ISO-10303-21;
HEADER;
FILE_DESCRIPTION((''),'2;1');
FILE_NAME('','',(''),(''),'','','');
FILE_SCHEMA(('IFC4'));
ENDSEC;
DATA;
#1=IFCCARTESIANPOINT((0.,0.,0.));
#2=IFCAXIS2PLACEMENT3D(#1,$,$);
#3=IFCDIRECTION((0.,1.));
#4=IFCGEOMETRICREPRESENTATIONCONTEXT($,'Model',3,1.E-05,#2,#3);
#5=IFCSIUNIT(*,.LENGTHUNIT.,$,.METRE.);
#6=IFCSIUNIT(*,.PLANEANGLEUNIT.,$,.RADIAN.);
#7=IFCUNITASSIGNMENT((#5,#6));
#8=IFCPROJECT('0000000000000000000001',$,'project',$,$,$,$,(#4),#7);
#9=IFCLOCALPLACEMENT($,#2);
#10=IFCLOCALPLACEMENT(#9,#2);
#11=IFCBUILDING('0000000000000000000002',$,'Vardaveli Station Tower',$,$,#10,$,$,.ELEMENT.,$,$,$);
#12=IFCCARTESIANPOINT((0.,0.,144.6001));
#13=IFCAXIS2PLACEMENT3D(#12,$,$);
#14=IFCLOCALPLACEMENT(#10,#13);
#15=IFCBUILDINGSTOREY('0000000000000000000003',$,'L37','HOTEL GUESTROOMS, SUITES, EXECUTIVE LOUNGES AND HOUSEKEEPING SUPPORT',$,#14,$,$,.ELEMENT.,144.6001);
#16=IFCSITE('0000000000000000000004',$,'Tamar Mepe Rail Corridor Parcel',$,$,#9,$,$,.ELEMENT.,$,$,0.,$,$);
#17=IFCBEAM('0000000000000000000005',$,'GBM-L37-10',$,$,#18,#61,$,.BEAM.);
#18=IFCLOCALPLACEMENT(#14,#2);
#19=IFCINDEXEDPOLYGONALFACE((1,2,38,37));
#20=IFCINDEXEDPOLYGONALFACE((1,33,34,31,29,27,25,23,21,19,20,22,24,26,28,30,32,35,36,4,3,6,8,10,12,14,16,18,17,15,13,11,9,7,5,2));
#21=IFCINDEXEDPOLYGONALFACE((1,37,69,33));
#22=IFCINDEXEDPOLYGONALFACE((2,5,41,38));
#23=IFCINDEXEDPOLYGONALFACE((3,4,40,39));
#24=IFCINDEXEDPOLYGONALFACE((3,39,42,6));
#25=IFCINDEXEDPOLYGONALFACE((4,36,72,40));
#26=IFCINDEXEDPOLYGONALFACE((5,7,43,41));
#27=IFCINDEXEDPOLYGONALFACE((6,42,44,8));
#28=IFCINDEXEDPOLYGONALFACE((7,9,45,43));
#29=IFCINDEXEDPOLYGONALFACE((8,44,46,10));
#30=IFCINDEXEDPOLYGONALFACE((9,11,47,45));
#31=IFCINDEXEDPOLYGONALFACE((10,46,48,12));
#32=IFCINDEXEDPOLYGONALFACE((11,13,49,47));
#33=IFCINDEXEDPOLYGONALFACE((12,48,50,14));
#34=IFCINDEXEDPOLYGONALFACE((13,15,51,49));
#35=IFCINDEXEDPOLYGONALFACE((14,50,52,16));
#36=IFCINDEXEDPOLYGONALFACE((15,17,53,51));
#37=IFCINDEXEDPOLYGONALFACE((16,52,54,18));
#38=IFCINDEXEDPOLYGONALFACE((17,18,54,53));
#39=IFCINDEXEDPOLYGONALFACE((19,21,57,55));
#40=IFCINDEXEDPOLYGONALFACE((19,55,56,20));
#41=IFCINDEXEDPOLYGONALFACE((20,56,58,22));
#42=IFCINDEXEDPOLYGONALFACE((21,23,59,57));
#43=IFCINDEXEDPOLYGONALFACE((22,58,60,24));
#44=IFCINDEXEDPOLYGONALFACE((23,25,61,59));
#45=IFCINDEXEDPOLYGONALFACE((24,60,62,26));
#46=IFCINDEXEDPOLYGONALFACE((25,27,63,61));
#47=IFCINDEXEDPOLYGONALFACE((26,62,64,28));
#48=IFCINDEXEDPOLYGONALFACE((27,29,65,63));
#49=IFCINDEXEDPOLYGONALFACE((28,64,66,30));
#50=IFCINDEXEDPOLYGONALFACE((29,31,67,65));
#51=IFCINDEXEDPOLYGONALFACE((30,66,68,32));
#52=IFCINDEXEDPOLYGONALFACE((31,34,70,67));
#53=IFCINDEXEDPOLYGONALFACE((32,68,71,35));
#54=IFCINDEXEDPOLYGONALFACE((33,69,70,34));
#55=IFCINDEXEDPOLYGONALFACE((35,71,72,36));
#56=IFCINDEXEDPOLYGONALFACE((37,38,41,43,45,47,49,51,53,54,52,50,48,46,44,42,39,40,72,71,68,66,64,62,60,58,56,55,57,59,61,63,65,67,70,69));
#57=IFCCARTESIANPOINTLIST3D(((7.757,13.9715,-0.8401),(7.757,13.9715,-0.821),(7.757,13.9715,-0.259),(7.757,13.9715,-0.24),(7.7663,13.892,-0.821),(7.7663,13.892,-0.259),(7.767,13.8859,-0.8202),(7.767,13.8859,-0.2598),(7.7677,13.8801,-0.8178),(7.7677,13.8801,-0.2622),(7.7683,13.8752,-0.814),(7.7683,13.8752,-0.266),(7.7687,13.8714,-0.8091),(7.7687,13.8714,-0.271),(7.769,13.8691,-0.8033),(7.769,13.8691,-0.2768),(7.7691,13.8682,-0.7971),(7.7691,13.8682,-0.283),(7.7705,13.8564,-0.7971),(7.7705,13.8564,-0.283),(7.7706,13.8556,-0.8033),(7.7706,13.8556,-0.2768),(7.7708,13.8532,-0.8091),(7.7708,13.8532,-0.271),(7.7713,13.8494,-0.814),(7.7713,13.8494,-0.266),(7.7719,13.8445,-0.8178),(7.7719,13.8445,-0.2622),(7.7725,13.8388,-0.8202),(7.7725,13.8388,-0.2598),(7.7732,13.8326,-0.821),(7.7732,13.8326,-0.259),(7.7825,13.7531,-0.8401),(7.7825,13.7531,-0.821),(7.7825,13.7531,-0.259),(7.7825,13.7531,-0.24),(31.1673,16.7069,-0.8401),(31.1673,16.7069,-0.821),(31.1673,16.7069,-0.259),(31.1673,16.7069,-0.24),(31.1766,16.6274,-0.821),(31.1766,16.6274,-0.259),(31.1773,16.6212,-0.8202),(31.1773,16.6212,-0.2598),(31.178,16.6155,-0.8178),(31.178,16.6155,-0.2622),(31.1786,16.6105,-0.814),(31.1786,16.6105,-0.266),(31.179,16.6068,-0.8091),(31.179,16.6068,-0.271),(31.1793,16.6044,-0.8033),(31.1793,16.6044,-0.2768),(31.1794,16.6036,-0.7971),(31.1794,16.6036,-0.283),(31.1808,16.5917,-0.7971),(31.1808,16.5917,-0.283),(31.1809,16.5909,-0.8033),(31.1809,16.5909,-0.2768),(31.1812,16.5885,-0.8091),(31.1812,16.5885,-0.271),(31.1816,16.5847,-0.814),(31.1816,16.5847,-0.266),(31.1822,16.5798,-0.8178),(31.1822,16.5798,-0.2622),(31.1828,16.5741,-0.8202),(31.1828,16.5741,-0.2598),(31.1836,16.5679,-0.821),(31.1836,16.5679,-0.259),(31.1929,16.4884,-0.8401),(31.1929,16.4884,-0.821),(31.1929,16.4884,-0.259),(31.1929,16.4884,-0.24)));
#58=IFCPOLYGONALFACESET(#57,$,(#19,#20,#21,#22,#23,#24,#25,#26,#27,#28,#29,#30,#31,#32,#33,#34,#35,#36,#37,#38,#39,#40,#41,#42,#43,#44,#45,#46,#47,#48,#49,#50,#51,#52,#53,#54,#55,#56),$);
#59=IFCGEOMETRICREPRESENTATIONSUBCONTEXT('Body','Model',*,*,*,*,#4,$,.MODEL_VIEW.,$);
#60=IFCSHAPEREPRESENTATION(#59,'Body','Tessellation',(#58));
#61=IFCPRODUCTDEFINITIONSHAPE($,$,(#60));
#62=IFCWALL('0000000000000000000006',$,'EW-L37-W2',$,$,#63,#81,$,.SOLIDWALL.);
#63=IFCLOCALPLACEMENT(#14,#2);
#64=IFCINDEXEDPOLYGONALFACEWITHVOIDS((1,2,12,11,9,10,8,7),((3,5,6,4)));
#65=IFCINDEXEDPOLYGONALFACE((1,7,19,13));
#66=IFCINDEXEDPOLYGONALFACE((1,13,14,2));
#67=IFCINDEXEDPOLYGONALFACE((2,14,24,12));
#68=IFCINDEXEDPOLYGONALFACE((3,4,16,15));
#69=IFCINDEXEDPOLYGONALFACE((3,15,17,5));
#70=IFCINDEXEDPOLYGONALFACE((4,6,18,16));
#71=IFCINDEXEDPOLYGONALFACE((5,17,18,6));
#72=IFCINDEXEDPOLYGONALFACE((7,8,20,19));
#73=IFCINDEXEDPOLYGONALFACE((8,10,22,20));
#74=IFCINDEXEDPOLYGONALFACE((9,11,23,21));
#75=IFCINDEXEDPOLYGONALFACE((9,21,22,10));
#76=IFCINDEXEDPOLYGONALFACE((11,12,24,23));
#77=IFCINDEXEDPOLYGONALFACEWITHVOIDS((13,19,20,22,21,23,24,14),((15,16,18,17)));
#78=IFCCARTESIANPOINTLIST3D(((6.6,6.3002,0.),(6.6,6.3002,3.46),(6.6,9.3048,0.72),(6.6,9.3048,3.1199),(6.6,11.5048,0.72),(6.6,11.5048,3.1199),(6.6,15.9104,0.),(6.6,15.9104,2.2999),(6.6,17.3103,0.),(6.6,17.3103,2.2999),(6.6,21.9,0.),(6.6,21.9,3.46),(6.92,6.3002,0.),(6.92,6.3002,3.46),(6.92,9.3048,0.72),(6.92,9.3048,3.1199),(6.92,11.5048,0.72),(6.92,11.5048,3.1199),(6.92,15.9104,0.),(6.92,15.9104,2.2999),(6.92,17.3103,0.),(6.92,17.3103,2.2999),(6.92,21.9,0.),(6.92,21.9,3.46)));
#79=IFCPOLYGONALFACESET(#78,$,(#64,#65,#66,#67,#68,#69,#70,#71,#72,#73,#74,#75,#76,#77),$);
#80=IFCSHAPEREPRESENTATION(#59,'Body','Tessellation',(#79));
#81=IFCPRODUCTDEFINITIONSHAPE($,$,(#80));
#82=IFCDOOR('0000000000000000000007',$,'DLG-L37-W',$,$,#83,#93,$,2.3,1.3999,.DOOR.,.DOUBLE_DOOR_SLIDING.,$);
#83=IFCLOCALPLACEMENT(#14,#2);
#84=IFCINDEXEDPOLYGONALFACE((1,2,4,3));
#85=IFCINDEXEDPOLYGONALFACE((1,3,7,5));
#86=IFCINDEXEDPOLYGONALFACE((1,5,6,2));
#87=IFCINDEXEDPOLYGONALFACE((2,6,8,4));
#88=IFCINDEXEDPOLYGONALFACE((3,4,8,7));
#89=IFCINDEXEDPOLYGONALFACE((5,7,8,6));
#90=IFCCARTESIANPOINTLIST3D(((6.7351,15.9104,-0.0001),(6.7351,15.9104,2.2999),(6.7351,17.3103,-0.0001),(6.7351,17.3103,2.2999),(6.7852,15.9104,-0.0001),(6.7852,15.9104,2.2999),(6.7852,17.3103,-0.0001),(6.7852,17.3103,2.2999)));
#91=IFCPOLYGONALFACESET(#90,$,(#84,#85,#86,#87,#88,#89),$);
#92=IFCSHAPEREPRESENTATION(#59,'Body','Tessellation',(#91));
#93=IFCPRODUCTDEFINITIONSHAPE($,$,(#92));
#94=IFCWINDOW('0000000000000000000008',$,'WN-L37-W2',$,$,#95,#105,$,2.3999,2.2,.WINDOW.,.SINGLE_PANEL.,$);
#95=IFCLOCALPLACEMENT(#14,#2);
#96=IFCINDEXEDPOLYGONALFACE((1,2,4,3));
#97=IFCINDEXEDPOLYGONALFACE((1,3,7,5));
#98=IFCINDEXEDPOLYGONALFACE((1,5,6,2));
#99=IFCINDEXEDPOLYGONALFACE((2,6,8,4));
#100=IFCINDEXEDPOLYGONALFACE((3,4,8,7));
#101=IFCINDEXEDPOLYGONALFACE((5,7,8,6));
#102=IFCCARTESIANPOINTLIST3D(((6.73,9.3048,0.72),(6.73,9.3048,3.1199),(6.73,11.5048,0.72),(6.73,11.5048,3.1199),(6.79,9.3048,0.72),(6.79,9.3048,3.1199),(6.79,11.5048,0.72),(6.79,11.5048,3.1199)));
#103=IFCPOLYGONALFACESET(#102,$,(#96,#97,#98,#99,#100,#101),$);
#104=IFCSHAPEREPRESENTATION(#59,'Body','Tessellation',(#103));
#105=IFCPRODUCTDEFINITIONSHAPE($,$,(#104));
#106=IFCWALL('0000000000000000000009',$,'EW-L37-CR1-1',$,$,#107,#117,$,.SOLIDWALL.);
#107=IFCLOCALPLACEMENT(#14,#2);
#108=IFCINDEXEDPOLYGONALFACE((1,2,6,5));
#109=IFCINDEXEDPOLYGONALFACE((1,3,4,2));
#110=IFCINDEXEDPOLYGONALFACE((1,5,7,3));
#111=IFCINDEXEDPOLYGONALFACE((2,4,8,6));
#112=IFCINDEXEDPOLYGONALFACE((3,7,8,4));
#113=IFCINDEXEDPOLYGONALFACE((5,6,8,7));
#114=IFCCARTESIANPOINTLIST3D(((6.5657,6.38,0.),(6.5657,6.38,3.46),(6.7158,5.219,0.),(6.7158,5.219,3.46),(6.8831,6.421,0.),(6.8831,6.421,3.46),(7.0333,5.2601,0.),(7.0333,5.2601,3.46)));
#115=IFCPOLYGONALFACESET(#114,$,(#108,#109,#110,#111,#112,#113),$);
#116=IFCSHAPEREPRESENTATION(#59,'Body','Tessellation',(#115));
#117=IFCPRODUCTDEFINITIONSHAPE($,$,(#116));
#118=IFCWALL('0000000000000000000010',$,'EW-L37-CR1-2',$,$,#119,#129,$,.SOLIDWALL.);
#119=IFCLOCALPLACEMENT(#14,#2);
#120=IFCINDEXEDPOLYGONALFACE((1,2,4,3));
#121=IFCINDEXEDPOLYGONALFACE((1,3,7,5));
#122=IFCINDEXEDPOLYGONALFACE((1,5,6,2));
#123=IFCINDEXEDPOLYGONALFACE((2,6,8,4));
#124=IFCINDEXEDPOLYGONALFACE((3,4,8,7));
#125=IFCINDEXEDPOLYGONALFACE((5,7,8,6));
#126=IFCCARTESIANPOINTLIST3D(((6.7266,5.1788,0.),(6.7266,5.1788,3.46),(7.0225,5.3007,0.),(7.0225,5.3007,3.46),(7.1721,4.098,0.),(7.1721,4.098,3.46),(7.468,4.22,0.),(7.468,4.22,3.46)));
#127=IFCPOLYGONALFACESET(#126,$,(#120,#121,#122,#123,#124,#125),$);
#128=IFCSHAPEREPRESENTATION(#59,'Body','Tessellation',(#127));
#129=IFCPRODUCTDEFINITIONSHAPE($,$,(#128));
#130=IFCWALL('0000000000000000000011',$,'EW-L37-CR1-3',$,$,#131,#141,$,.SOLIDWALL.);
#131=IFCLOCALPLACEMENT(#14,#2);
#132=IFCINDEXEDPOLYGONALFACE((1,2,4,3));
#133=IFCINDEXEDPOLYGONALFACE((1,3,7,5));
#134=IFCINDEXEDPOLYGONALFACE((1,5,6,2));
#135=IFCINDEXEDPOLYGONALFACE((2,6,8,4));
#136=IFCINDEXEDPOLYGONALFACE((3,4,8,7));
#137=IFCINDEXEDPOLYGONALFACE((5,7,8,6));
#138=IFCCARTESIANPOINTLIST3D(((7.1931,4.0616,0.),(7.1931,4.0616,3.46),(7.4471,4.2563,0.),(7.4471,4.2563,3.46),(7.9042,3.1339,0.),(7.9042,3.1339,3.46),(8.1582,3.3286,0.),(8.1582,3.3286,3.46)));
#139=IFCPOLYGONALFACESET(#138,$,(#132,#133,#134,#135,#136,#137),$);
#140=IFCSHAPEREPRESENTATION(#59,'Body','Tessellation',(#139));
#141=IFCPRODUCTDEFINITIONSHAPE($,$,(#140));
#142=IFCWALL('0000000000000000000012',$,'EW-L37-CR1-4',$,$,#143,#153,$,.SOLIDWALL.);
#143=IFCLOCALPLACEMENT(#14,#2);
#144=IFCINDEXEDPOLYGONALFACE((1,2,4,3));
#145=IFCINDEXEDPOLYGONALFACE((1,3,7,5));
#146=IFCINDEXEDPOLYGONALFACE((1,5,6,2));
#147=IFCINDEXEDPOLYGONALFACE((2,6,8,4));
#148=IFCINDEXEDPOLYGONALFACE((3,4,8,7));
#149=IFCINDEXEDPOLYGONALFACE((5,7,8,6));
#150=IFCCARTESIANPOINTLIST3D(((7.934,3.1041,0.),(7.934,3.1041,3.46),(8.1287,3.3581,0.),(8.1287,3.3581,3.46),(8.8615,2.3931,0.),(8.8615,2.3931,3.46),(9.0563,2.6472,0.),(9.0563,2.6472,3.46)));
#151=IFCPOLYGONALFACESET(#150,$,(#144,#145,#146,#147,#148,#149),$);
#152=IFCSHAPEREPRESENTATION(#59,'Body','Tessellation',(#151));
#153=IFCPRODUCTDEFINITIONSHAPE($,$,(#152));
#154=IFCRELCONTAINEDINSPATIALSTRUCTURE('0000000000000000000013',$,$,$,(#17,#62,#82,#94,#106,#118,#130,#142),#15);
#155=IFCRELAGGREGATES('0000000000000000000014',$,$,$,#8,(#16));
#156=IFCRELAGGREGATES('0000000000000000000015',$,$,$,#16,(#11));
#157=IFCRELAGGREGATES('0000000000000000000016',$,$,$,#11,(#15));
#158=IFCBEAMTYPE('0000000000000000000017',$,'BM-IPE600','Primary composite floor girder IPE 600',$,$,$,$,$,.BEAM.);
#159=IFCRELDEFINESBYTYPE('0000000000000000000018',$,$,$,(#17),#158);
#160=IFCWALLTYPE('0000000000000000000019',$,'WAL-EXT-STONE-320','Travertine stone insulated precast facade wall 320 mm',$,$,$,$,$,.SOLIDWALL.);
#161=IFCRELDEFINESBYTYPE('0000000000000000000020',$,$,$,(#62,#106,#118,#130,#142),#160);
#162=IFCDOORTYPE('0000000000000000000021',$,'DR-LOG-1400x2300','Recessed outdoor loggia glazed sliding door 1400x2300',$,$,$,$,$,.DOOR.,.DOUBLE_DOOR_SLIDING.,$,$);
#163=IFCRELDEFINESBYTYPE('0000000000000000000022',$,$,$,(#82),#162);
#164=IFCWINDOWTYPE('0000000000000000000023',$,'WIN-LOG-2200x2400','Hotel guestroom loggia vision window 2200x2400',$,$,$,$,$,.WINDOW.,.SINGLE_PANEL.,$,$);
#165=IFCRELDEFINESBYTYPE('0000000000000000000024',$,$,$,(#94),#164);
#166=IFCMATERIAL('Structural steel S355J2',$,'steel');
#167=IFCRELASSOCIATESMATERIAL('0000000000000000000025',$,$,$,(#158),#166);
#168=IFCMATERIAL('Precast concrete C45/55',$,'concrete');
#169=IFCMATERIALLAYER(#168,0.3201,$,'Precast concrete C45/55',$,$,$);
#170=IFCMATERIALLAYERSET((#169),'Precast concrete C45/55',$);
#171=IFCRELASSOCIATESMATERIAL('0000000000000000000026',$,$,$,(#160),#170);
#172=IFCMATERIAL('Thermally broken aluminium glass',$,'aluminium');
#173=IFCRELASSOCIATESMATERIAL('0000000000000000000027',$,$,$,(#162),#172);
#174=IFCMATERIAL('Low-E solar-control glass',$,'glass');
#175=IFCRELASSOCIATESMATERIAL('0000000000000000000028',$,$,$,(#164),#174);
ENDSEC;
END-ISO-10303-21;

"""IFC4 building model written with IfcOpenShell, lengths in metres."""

from ifc_helpers import new_model, si_unit, direction, frame, frame_2d, origin, origin_2d, place, context, subcontext, project, spatial, rectangle, i_section, extrude, source, transform, mapped, material, layer, layer_set, material_profile, profile_set, type_object, element, fill, save


model = new_model("IFC4")

# Units and contexts
model_context = context("Model", 3, precision=1e-05, world=origin(), true_north=direction((0.0, 1.0)))
body_context = subcontext(model_context, "Body", "Model", "MODEL_VIEW")
ifc_project = project(units=[si_unit("LENGTHUNIT", "METRE"), si_unit("PLANEANGLEUNIT", "RADIAN")], contexts=[model_context])

# Site, building, storey
site_placement = place(None, origin())
site = spatial("IfcSite", under=ifc_project, at=site_placement, Name="Tamar Mepe Rail Corridor Parcel", CompositionType="ELEMENT", RefElevation=0.0)
building_placement = place(site_placement, origin())
building = spatial("IfcBuilding", under=site, at=building_placement, Name="Vardaveli Station Tower", CompositionType="ELEMENT")
storey_placement = place(building_placement, frame((0.0, 0.0, 144.6001)))
storey = spatial("IfcBuildingStorey", under=building, at=storey_placement, Name="L37", Description="HOTEL GUESTROOMS, SUITES, EXECUTIVE LOUNGES AND HOUSEKEEPING SUPPORT", CompositionType="ELEMENT", Elevation=144.6001)

# Beam
ifc_material_1 = material(Name="Precast concrete C45/55", Category="concrete")
ifc_material_2 = material(Name="Structural steel S355J2", Category="steel")
ifc_material_profile_1 = material_profile(ifc_material_2, i_section(OverallWidth=0.22, OverallDepth=0.6001, WebThickness=0.012, FlangeThickness=0.019, FilletRadius=0.0239, at=origin_2d()), Name="IPE 600")
ifc_profile_set_1 = profile_set([ifc_material_profile_1], Name="Structural steel S355J2")
beam_type_1 = type_object("IfcBeamType", Name="BM-IPE600", Description="Primary composite floor girder IPE 600", PredefinedType="BEAM", material=ifc_profile_set_1)
shared_shape_1 = source(origin(), body_context, "Body", "SweptSolid", [
    extrude(i_section(OverallWidth=0.22, OverallDepth=0.6001, WebThickness=0.012, FlangeThickness=0.019, FilletRadius=0.0239, at=origin_2d()), origin(), (0.0, 0.0, 1.0), 23.5696),
])
beam_1_placement = place(storey_placement, frame((7.7698, 13.8623, -0.54), z_axis=(0.993243, 0.116054, 0.0), x_axis=(-0.116054, 0.993243, 0.0)))
element("IfcBeam", 1, at=beam_1_placement, inside=storey, type_object=beam_type_1, Name="GBM-L37-10", PredefinedType="BEAM", context=body_context, shape_type="MappedRepresentation", body=[
    mapped(shared_shape_1, transform((0.0, 0.0, 0.0), scale=1.0)),
])

# Wall, openings, door, window
ifc_layer_1 = layer(ifc_material_1, 0.3201, Name="Precast concrete C45/55")
ifc_layer_set_1 = layer_set([ifc_layer_1], Name="Precast concrete C45/55")
wall_type_1 = type_object("IfcWallType", Name="WAL-EXT-STONE-320", Description="Travertine stone insulated precast facade wall 320 mm", PredefinedType="SOLIDWALL", material=ifc_layer_set_1)
shared_shape_2 = source(origin(), body_context, "Body", "SweptSolid", [
    extrude(rectangle(XDim=15.5999, YDim=0.3201, at=frame_2d((7.7998, 0.0))), origin(), (0.0, 0.0, 1.0), 3.46),
])
wall_1_placement = place(storey_placement, frame((6.76, 21.8999, 0.0), z_axis=(0.0, 0.0, 1.0), x_axis=(0.0, -1.0, 0.0)))
wall_1 = element("IfcWall", 2, at=wall_1_placement, inside=storey, type_object=wall_type_1, Name="EW-L37-W2", PredefinedType="SOLIDWALL", context=body_context, shape_type="MappedRepresentation", body=[
    mapped(shared_shape_2, transform((0.0, 0.0, 0.0), scale=1.0)),
])
shared_shape_3 = source(origin(), body_context, "Body", "SweptSolid", [
    extrude(rectangle(XDim=1.3999, YDim=2.3, at=frame_2d((0.7, 1.1499))), frame((0.0, 0.1699, 0.0), z_axis=(0.0, -1.0, 0.0), x_axis=(1.0, 0.0, 0.0)), (0.0, 0.0, 1.0), 0.3401),
])
opening_1_placement = place(wall_1_placement, frame((4.5896, 0.0, 0.0)))
opening_1 = element("IfcOpeningElement", 3, at=opening_1_placement, cuts=wall_1, PredefinedType="OPENING", context=body_context, shape_type="MappedRepresentation", body=[
    mapped(shared_shape_3, transform((0.0, 0.0, 0.0), scale=1.0)),
])
shared_shape_4 = source(origin(), body_context, "Body", "SweptSolid", [
    extrude(rectangle(XDim=2.2, YDim=2.3999, at=frame_2d((1.1001, 1.2))), frame((0.0, 0.1699, 0.0), z_axis=(0.0, -1.0, 0.0), x_axis=(1.0, 0.0, 0.0)), (0.0, 0.0, 1.0), 0.3401),
])
opening_2_placement = place(wall_1_placement, frame((10.395, 0.0, 0.72)))
opening_2 = element("IfcOpeningElement", 4, at=opening_2_placement, cuts=wall_1, PredefinedType="OPENING", context=body_context, shape_type="MappedRepresentation", body=[
    mapped(shared_shape_4, transform((0.0, 0.0, 0.0), scale=1.0)),
])
ifc_material_3 = material(Name="Thermally broken aluminium glass", Category="aluminium")
door_type_1 = type_object("IfcDoorType", Name="DR-LOG-1400x2300", Description="Recessed outdoor loggia glazed sliding door 1400x2300", OperationType="DOUBLE_DOOR_SLIDING", PredefinedType="DOOR", material=ifc_material_3)
shared_shape_5 = source(origin(), body_context, "Body", "SweptSolid", [
    extrude(rectangle(XDim=1.3999, YDim=2.3, at=frame_2d((0.7, 1.1499))), frame((0.0, 0.0249, 0.0), z_axis=(0.0, -1.0, 0.0), x_axis=(1.0, 0.0, 0.0)), (0.0, 0.0, 1.0), 0.05),
])
door_1_placement = place(opening_1_placement, frame((1.3999, 0.0, 0.0), z_axis=(0.0, 0.0, 1.0), x_axis=(-1.0, 0.0, 0.0)))
door_1 = element("IfcDoor", 5, at=door_1_placement, inside=storey, type_object=door_type_1, Name="DLG-L37-W", OperationType="DOUBLE_DOOR_SLIDING", OverallHeight=2.3, OverallWidth=1.3999, PredefinedType="DOOR", context=body_context, shape_type="MappedRepresentation", body=[
    mapped(shared_shape_5, transform((0.0, 0.0, 0.0), scale=1.0)),
])
fill(opening_1, door_1)
ifc_material_4 = material(Name="Low-E solar-control glass", Category="glass")
window_type = type_object("IfcWindowType", Name="WIN-LOG-2200x2400", Description="Hotel guestroom loggia vision window 2200x2400", PartitioningType="SINGLE_PANEL", PredefinedType="WINDOW", material=ifc_material_4)
shared_shape_6 = source(origin(), body_context, "Body", "SweptSolid", [
    extrude(rectangle(XDim=2.2, YDim=2.3999, at=frame_2d((1.1001, 1.2))), frame((0.0, 0.03, 0.0), z_axis=(0.0, -1.0, 0.0), x_axis=(1.0, 0.0, 0.0)), (0.0, 0.0, 1.0), 0.0601),
])
window_placement = place(opening_2_placement, origin())
window = element("IfcWindow", 6, at=window_placement, inside=storey, type_object=window_type, Name="WN-L37-W2", OverallHeight=2.3999, OverallWidth=2.2, PartitioningType="SINGLE_PANEL", PredefinedType="WINDOW", context=body_context, shape_type="MappedRepresentation", body=[
    mapped(shared_shape_6, transform((0.0, 0.0, 0.0), scale=1.0)),
])
fill(opening_2, window)

# Walls
shared_shape_7 = source(origin(), body_context, "Body", "SweptSolid", [
    extrude(rectangle(XDim=1.1707, YDim=0.3201, at=frame_2d((0.5854, 0.0))), origin(), (0.0, 0.0, 1.0), 3.46),
])
wall_2_placement = place(storey_placement, frame((6.7244, 6.4006, 0.0), z_axis=(0.0, 0.0, 1.0), x_axis=(0.128269, -0.991739, 0.0)))
element("IfcWall", 7, at=wall_2_placement, inside=storey, type_object=wall_type_1, Name="EW-L37-CR1-1", PredefinedType="SOLIDWALL", context=body_context, shape_type="MappedRepresentation", body=[
    mapped(shared_shape_7, transform((0.0, 0.0, 0.0), scale=1.0)),
])
shared_shape_8 = source(origin(), body_context, "Body", "SweptSolid", [
    extrude(rectangle(XDim=1.1689, YDim=0.3201, at=frame_2d((0.5845, 0.0))), origin(), (0.0, 0.0, 1.0), 3.46),
])
for number, where, z_axis, x_axis, name in (
    (8, (6.8745, 5.2397, 0.0), (0.0, 0.0, 1.0), (0.381128, -0.924522, 0.0), "EW-L37-CR1-2"),
    (9, (7.3201, 4.1589, 0.0), (0.0, 0.0, 1.0), (0.608388, -0.79364, 0.0), "EW-L37-CR1-3"),
):
    element("IfcWall", number, at=place(storey_placement, frame(where, z_axis=z_axis, x_axis=x_axis)), inside=storey, type_object=wall_type_1, Name=name, PredefinedType="SOLIDWALL", context=body_context, shape_type="MappedRepresentation", body=[
        mapped(shared_shape_8, transform((0.0, 0.0, 0.0), scale=1.0)),
    ])
shared_shape_9 = source(origin(), body_context, "Body", "SweptSolid", [
    extrude(rectangle(XDim=1.1687, YDim=0.3201, at=frame_2d((0.5845, 0.0))), origin(), (0.0, 0.0, 1.0), 3.46),
])
wall_3_placement = place(storey_placement, frame((8.0312, 3.2312, 0.0), z_axis=(0.0, 0.0, 1.0), x_axis=(0.793664, -0.608357, 0.0)))
element("IfcWall", 10, at=wall_3_placement, inside=storey, type_object=wall_type_1, Name="EW-L37-CR1-4", PredefinedType="SOLIDWALL", context=body_context, shape_type="MappedRepresentation", body=[
    mapped(shared_shape_9, transform((0.0, 0.0, 0.0), scale=1.0)),
])

save(model, "model.ifc")
